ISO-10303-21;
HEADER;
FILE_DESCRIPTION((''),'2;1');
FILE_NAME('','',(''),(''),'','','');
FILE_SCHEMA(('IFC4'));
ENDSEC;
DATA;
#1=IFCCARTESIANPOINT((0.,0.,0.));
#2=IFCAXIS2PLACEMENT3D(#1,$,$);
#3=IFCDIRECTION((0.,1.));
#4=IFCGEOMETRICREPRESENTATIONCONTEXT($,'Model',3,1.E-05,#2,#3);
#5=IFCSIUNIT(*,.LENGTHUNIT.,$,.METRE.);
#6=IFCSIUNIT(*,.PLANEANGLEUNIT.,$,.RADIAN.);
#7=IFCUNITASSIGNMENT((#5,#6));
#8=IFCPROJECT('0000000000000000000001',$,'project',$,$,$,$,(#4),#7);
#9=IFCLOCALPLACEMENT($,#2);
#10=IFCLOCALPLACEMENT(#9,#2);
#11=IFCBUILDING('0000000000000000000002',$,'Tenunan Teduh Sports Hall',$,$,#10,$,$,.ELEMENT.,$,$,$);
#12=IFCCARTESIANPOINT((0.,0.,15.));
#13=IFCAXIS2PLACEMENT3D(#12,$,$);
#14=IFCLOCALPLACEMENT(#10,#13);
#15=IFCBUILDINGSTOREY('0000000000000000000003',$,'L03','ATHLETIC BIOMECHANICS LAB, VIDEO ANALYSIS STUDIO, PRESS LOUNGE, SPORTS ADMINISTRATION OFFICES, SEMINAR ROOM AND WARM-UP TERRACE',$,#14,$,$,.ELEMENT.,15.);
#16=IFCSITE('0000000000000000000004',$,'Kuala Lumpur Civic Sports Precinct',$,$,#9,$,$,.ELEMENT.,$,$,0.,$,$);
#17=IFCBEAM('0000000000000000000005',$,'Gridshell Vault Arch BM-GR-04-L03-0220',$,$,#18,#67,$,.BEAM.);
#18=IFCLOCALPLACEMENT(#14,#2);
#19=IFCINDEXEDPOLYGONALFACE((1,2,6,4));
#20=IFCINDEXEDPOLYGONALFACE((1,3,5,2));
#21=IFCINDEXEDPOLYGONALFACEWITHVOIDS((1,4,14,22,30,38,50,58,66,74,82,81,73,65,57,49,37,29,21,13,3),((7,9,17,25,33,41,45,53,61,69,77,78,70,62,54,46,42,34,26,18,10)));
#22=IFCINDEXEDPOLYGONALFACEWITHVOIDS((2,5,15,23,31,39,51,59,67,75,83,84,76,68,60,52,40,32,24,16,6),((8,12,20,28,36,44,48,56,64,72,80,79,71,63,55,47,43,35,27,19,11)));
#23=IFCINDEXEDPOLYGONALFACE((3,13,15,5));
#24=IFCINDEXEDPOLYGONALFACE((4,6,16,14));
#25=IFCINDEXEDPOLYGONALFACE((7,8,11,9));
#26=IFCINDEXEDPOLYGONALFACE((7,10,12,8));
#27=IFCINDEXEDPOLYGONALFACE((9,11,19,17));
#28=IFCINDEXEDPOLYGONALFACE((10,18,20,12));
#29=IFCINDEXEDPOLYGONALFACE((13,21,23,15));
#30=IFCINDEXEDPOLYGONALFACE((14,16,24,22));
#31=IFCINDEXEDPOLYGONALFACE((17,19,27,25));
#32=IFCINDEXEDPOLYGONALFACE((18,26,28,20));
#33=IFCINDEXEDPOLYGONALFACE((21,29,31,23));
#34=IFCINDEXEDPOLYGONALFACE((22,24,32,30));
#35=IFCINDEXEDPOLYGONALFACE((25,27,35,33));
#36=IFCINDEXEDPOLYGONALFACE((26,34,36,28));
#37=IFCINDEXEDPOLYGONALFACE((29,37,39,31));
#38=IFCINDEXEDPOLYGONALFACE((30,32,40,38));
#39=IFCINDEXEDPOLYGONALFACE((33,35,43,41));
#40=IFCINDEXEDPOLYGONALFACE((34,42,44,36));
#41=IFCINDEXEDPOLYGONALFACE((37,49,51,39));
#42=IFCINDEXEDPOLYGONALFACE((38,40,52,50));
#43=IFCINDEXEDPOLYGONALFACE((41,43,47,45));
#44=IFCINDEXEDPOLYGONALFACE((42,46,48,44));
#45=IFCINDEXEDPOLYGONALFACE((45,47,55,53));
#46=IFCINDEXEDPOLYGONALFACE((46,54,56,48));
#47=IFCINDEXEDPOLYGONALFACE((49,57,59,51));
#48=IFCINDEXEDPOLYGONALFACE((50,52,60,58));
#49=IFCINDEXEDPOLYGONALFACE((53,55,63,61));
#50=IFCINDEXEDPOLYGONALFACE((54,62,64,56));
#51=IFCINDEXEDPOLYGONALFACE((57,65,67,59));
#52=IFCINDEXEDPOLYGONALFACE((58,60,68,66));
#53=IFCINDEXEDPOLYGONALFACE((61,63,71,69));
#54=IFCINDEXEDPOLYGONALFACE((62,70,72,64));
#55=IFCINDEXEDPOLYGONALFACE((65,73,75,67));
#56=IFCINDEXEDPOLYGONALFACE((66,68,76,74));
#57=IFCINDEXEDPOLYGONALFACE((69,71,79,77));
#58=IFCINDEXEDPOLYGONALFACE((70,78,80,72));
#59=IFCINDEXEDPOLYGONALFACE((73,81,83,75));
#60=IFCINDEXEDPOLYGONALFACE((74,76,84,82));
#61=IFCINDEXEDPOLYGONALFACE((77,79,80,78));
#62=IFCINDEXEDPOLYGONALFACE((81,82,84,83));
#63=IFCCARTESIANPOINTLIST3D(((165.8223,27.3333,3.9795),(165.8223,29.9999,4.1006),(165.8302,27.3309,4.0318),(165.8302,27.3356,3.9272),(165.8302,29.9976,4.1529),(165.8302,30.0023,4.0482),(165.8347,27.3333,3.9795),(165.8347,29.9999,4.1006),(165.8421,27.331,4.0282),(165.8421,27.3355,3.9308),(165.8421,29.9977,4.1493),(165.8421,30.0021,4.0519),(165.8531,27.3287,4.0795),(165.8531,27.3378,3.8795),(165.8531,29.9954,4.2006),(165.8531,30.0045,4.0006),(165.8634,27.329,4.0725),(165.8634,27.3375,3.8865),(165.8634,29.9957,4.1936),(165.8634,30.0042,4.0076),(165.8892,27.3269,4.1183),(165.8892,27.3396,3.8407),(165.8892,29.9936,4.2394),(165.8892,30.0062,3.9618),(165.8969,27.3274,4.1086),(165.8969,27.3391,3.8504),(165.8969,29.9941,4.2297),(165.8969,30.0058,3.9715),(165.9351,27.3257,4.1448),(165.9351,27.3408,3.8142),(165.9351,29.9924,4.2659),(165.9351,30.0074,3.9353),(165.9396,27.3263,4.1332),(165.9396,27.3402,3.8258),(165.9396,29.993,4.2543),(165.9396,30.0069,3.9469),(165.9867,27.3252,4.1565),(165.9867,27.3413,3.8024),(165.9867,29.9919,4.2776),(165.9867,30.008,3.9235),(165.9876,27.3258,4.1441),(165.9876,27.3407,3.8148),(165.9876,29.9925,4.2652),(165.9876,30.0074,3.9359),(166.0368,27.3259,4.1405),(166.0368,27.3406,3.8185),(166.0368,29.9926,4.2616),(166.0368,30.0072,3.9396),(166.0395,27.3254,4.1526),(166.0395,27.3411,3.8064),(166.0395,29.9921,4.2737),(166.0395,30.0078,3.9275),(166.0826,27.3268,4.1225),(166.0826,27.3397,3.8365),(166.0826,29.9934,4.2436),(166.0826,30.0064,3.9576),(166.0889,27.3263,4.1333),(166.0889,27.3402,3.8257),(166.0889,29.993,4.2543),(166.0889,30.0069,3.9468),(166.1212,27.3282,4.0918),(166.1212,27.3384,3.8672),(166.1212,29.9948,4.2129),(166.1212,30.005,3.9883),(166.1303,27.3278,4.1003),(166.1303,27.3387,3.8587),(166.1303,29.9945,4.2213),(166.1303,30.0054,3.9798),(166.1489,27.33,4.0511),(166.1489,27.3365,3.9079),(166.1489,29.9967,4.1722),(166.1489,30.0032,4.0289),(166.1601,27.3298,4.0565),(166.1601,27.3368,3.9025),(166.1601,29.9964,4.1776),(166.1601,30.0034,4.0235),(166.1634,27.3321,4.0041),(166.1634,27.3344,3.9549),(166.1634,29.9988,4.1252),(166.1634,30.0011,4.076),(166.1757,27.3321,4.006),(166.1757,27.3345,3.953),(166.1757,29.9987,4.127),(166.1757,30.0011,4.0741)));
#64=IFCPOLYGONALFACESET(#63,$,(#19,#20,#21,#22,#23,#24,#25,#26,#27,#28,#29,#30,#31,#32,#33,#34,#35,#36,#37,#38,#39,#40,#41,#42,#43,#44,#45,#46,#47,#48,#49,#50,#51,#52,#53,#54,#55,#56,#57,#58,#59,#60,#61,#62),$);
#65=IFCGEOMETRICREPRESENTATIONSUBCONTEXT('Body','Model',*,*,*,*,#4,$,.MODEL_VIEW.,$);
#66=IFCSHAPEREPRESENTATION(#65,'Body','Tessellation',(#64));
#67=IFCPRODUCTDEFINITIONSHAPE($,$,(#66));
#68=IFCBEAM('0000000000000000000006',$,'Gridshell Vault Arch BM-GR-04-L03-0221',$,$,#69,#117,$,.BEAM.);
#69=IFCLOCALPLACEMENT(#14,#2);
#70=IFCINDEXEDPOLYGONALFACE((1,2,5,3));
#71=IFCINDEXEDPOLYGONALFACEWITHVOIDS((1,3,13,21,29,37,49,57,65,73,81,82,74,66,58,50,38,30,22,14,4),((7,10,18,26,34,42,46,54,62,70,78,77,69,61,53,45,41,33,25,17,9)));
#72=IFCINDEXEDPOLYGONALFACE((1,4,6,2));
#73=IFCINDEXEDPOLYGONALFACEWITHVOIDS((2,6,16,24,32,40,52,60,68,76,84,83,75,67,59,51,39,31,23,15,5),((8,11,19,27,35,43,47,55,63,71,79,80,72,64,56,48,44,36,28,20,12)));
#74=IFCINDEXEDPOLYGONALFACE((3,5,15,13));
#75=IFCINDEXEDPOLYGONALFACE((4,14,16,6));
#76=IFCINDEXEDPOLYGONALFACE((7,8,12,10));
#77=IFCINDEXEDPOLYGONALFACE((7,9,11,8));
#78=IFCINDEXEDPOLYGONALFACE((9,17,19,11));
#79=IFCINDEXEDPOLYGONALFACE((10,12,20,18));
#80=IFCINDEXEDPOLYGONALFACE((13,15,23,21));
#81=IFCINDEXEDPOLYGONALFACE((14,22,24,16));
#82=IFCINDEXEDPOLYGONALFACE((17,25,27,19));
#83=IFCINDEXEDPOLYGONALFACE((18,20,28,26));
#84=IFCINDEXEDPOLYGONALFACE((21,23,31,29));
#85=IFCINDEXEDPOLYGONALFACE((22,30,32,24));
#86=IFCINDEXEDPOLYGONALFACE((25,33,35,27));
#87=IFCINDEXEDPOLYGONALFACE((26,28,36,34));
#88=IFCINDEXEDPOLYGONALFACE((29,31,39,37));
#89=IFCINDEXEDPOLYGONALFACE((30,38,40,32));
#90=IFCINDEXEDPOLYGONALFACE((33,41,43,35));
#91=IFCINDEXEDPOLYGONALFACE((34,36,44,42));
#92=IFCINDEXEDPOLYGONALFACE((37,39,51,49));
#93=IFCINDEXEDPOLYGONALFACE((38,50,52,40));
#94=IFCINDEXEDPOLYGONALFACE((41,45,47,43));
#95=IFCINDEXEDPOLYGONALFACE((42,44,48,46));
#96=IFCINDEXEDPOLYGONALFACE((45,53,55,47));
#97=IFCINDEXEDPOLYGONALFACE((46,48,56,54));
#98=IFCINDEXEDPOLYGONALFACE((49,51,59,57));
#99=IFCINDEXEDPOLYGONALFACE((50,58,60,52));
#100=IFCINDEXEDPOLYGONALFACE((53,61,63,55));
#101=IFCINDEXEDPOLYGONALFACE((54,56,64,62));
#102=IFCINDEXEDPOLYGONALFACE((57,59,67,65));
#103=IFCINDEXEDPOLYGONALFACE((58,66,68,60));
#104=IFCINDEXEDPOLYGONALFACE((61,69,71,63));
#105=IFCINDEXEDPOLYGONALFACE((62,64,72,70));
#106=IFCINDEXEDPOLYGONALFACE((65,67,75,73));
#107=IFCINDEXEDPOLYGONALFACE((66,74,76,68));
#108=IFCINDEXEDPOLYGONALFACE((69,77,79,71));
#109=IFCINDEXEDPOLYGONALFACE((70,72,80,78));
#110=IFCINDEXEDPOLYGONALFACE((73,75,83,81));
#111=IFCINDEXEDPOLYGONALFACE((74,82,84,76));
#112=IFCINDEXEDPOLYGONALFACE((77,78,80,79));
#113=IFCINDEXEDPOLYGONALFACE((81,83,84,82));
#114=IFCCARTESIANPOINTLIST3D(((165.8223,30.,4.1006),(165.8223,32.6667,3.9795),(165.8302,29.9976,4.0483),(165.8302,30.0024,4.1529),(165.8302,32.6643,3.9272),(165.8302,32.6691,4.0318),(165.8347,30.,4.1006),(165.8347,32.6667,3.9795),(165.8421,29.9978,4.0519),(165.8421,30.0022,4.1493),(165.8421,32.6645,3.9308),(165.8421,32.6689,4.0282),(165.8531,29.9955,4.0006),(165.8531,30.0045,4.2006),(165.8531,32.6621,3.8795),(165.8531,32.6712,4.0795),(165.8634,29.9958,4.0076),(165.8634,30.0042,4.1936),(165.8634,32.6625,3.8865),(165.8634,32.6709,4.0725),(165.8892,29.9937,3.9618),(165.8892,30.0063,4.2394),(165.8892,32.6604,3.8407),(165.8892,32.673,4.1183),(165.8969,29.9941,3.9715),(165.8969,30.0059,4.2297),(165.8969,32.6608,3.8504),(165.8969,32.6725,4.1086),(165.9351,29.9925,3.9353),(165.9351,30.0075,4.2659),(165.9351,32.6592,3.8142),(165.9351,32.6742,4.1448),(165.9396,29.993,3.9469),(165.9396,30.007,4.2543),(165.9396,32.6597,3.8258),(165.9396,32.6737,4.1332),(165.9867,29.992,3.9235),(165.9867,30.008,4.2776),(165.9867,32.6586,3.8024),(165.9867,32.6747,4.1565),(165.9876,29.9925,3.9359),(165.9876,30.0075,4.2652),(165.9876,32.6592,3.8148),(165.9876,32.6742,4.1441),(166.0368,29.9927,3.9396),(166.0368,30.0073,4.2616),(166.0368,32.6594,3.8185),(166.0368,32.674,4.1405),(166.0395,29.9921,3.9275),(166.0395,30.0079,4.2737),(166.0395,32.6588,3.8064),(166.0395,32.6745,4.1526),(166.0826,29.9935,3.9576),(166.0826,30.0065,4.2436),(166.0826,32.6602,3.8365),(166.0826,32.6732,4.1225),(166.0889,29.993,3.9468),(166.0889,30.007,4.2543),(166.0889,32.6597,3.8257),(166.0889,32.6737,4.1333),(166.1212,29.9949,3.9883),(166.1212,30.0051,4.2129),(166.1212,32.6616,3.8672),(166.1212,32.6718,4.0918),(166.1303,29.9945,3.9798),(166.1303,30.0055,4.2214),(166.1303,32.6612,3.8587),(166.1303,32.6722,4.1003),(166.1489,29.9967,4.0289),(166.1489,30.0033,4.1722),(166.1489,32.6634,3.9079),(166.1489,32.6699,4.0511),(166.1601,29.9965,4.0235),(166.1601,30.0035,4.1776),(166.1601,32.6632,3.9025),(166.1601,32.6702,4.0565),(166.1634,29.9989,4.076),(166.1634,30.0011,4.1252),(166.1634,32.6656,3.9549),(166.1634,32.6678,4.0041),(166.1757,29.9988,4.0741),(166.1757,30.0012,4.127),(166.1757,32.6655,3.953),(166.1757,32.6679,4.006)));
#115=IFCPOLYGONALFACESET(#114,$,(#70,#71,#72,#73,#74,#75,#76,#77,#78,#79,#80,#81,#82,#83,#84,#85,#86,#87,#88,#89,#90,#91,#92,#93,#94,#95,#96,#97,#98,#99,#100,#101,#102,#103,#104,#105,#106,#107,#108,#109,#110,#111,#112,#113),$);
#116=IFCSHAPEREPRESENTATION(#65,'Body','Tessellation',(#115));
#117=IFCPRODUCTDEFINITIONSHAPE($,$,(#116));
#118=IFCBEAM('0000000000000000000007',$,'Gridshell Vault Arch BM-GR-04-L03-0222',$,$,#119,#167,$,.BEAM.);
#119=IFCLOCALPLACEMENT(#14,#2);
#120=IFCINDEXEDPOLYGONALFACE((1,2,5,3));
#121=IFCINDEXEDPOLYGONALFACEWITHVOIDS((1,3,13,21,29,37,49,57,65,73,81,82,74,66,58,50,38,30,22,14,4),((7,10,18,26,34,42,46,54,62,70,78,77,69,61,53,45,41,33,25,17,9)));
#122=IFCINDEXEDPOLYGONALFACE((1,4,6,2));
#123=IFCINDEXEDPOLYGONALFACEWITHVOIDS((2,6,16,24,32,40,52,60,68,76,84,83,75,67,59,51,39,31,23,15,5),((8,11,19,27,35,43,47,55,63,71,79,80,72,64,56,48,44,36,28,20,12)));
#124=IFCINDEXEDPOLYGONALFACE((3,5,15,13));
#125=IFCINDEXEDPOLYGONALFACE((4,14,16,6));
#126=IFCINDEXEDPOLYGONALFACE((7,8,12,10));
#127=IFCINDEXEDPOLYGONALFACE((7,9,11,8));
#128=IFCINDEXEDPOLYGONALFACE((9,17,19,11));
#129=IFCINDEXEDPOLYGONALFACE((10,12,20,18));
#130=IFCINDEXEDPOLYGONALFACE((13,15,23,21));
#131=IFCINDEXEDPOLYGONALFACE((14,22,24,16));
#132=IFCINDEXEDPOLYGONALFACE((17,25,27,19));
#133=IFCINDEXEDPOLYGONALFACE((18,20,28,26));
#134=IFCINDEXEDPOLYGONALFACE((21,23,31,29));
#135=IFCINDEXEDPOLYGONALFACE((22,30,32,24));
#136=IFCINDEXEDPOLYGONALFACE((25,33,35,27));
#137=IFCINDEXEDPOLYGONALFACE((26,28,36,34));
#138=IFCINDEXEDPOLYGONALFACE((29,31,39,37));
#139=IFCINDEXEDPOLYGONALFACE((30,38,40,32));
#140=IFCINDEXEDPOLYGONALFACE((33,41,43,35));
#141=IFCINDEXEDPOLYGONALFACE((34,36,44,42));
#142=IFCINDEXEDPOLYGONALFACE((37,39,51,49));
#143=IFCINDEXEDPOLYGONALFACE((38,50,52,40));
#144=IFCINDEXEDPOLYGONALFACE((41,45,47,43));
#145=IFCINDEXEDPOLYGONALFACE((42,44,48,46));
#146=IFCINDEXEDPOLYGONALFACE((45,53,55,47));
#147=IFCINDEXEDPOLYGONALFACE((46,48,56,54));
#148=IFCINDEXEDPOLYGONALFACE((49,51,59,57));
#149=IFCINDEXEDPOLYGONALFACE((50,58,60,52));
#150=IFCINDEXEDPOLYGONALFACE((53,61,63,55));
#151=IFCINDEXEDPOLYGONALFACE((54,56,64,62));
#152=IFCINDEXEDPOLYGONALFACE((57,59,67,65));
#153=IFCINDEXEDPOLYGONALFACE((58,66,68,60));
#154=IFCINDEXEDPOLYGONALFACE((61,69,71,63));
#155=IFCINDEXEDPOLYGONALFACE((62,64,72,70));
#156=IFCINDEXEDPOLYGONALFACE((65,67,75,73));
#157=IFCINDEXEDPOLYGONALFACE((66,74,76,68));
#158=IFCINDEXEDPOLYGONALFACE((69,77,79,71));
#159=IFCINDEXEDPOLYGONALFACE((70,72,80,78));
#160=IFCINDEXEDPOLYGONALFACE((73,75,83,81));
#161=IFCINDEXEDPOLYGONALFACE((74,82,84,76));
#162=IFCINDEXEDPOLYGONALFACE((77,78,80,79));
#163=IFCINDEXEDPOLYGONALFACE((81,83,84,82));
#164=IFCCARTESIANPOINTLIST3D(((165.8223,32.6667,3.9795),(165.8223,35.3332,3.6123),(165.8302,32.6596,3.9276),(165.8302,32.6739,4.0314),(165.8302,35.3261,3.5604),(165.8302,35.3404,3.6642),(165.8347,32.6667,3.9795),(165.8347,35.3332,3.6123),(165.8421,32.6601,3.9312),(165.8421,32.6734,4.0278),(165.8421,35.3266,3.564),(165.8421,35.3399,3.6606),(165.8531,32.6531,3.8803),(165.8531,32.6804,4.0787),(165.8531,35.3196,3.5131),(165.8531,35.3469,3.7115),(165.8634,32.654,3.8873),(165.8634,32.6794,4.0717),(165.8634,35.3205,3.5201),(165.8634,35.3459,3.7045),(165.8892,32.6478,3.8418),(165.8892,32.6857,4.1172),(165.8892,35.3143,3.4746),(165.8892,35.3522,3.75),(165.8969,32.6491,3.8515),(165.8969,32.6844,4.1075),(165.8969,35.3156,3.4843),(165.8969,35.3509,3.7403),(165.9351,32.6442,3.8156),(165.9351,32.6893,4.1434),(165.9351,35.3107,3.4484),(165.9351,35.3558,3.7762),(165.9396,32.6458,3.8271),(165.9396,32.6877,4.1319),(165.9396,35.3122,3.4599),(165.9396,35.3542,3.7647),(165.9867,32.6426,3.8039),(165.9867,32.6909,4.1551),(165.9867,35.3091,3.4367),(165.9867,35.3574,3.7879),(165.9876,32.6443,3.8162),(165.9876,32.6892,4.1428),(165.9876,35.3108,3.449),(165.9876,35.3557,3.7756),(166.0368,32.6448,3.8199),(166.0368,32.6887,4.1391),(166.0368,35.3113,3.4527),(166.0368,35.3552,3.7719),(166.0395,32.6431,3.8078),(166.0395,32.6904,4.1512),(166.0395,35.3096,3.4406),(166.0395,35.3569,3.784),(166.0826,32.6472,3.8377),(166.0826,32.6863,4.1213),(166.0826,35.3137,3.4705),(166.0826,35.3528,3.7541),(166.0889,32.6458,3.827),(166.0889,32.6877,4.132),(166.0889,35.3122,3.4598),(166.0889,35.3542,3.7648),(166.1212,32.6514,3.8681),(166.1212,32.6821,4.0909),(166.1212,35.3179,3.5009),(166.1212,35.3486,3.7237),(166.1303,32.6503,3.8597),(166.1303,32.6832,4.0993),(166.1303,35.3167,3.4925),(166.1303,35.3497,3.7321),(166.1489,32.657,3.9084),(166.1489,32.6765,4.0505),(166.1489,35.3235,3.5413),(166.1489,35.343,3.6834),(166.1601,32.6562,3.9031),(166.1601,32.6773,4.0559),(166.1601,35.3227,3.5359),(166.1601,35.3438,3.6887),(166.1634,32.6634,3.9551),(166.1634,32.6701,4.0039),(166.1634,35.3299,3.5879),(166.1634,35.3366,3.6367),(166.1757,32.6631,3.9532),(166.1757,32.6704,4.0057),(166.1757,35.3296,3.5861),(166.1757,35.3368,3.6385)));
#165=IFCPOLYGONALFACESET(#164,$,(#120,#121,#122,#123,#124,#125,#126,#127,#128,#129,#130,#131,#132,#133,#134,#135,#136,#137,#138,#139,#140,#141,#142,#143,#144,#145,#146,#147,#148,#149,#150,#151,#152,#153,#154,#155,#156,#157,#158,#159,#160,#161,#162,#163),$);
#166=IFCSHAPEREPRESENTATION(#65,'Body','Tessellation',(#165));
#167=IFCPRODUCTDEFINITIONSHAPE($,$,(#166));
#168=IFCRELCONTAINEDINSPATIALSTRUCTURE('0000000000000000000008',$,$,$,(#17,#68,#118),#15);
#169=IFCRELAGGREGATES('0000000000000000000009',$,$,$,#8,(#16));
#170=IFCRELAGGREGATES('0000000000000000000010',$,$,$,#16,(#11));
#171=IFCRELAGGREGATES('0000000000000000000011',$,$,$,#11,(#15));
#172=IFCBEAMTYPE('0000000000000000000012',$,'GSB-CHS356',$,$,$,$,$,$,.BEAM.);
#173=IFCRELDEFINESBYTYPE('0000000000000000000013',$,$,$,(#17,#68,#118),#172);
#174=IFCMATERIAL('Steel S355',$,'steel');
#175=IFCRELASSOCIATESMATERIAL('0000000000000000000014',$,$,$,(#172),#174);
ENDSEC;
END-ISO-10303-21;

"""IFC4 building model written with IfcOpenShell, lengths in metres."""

from ifc_helpers import new_model, si_unit, direction, frame, origin, origin_2d, place, context, subcontext, project, spatial, hollow_circle, extrude, material, material_profile, profile_set, type_object, element, save


model = new_model("IFC4")

# Units and contexts
model_context = context("Model", 3, precision=1e-05, world=origin(), true_north=direction((0.0, 1.0)))
body_context = subcontext(model_context, "Body", "Model", "MODEL_VIEW")
ifc_project = project(units=[si_unit("LENGTHUNIT", "METRE"), si_unit("PLANEANGLEUNIT", "RADIAN")], contexts=[model_context])

# Site, building, storey
site_placement = place(None, origin())
site = spatial("IfcSite", under=ifc_project, at=site_placement, Name="Kuala Lumpur Civic Sports Precinct", CompositionType="ELEMENT", RefElevation=0.0)
building_placement = place(site_placement, origin())
building = spatial("IfcBuilding", under=site, at=building_placement, Name="Tenunan Teduh Sports Hall", CompositionType="ELEMENT")
storey_placement = place(building_placement, frame((0.0, 0.0, 15.0)))
storey = spatial("IfcBuildingStorey", under=building, at=storey_placement, Name="L03", Description="ATHLETIC BIOMECHANICS LAB, VIDEO ANALYSIS STUDIO, PRESS LOUNGE, SPORTS ADMINISTRATION OFFICES, SEMINAR ROOM AND WARM-UP TERRACE", CompositionType="ELEMENT", Elevation=15.0)

# Beams
ifc_material_1 = material(Name="Steel S355", Category="steel")
ifc_material_profile_1 = material_profile(ifc_material_1, hollow_circle(Radius=0.1777, WallThickness=0.0125, at=origin_2d()), Name="CHS 355.6x12.5")
ifc_profile_set_1 = profile_set([ifc_material_profile_1], Name="Steel S355")
beam_type_1 = type_object("IfcBeamType", Name="GSB-CHS356", PredefinedType="BEAM", material=ifc_profile_set_1)
for number, where, z_axis, x_axis, name in (
    (1, (166.0, 27.3333, 3.9795), (0.0, 0.998971, 0.045362), (-1.0, 0.0, 0.0), "Gridshell Vault Arch BM-GR-04-L03-0220"),
    (2, (166.0, 30.0, 4.1006), (0.0, 0.998971, -0.045362), (-1.0, 0.0, 0.0), "Gridshell Vault Arch BM-GR-04-L03-0221"),
):
    element("IfcBeam", number, at=place(storey_placement, frame(where, z_axis=z_axis, x_axis=x_axis)), inside=storey, type_object=beam_type_1, Name=name, PredefinedType="BEAM", context=body_context, shape_type="SweptSolid", body=[
        extrude(hollow_circle(Radius=0.1777, WallThickness=0.0125, at=origin_2d()), origin(), (0.0, 0.0, 1.0), 2.6694),
    ])
beam_1_placement = place(storey_placement, frame((166.0, 32.6667, 3.9795), z_axis=(0.0, 0.990652, -0.136416), x_axis=(-1.0, 0.0, 0.0)))
element("IfcBeam", 3, at=beam_1_placement, inside=storey, type_object=beam_type_1, Name="Gridshell Vault Arch BM-GR-04-L03-0222", PredefinedType="BEAM", context=body_context, shape_type="SweptSolid", body=[
    extrude(hollow_circle(Radius=0.1777, WallThickness=0.0125, at=origin_2d()), origin(), (0.0, 0.0, 1.0), 2.6917),
])

save(model, "model.ifc")
